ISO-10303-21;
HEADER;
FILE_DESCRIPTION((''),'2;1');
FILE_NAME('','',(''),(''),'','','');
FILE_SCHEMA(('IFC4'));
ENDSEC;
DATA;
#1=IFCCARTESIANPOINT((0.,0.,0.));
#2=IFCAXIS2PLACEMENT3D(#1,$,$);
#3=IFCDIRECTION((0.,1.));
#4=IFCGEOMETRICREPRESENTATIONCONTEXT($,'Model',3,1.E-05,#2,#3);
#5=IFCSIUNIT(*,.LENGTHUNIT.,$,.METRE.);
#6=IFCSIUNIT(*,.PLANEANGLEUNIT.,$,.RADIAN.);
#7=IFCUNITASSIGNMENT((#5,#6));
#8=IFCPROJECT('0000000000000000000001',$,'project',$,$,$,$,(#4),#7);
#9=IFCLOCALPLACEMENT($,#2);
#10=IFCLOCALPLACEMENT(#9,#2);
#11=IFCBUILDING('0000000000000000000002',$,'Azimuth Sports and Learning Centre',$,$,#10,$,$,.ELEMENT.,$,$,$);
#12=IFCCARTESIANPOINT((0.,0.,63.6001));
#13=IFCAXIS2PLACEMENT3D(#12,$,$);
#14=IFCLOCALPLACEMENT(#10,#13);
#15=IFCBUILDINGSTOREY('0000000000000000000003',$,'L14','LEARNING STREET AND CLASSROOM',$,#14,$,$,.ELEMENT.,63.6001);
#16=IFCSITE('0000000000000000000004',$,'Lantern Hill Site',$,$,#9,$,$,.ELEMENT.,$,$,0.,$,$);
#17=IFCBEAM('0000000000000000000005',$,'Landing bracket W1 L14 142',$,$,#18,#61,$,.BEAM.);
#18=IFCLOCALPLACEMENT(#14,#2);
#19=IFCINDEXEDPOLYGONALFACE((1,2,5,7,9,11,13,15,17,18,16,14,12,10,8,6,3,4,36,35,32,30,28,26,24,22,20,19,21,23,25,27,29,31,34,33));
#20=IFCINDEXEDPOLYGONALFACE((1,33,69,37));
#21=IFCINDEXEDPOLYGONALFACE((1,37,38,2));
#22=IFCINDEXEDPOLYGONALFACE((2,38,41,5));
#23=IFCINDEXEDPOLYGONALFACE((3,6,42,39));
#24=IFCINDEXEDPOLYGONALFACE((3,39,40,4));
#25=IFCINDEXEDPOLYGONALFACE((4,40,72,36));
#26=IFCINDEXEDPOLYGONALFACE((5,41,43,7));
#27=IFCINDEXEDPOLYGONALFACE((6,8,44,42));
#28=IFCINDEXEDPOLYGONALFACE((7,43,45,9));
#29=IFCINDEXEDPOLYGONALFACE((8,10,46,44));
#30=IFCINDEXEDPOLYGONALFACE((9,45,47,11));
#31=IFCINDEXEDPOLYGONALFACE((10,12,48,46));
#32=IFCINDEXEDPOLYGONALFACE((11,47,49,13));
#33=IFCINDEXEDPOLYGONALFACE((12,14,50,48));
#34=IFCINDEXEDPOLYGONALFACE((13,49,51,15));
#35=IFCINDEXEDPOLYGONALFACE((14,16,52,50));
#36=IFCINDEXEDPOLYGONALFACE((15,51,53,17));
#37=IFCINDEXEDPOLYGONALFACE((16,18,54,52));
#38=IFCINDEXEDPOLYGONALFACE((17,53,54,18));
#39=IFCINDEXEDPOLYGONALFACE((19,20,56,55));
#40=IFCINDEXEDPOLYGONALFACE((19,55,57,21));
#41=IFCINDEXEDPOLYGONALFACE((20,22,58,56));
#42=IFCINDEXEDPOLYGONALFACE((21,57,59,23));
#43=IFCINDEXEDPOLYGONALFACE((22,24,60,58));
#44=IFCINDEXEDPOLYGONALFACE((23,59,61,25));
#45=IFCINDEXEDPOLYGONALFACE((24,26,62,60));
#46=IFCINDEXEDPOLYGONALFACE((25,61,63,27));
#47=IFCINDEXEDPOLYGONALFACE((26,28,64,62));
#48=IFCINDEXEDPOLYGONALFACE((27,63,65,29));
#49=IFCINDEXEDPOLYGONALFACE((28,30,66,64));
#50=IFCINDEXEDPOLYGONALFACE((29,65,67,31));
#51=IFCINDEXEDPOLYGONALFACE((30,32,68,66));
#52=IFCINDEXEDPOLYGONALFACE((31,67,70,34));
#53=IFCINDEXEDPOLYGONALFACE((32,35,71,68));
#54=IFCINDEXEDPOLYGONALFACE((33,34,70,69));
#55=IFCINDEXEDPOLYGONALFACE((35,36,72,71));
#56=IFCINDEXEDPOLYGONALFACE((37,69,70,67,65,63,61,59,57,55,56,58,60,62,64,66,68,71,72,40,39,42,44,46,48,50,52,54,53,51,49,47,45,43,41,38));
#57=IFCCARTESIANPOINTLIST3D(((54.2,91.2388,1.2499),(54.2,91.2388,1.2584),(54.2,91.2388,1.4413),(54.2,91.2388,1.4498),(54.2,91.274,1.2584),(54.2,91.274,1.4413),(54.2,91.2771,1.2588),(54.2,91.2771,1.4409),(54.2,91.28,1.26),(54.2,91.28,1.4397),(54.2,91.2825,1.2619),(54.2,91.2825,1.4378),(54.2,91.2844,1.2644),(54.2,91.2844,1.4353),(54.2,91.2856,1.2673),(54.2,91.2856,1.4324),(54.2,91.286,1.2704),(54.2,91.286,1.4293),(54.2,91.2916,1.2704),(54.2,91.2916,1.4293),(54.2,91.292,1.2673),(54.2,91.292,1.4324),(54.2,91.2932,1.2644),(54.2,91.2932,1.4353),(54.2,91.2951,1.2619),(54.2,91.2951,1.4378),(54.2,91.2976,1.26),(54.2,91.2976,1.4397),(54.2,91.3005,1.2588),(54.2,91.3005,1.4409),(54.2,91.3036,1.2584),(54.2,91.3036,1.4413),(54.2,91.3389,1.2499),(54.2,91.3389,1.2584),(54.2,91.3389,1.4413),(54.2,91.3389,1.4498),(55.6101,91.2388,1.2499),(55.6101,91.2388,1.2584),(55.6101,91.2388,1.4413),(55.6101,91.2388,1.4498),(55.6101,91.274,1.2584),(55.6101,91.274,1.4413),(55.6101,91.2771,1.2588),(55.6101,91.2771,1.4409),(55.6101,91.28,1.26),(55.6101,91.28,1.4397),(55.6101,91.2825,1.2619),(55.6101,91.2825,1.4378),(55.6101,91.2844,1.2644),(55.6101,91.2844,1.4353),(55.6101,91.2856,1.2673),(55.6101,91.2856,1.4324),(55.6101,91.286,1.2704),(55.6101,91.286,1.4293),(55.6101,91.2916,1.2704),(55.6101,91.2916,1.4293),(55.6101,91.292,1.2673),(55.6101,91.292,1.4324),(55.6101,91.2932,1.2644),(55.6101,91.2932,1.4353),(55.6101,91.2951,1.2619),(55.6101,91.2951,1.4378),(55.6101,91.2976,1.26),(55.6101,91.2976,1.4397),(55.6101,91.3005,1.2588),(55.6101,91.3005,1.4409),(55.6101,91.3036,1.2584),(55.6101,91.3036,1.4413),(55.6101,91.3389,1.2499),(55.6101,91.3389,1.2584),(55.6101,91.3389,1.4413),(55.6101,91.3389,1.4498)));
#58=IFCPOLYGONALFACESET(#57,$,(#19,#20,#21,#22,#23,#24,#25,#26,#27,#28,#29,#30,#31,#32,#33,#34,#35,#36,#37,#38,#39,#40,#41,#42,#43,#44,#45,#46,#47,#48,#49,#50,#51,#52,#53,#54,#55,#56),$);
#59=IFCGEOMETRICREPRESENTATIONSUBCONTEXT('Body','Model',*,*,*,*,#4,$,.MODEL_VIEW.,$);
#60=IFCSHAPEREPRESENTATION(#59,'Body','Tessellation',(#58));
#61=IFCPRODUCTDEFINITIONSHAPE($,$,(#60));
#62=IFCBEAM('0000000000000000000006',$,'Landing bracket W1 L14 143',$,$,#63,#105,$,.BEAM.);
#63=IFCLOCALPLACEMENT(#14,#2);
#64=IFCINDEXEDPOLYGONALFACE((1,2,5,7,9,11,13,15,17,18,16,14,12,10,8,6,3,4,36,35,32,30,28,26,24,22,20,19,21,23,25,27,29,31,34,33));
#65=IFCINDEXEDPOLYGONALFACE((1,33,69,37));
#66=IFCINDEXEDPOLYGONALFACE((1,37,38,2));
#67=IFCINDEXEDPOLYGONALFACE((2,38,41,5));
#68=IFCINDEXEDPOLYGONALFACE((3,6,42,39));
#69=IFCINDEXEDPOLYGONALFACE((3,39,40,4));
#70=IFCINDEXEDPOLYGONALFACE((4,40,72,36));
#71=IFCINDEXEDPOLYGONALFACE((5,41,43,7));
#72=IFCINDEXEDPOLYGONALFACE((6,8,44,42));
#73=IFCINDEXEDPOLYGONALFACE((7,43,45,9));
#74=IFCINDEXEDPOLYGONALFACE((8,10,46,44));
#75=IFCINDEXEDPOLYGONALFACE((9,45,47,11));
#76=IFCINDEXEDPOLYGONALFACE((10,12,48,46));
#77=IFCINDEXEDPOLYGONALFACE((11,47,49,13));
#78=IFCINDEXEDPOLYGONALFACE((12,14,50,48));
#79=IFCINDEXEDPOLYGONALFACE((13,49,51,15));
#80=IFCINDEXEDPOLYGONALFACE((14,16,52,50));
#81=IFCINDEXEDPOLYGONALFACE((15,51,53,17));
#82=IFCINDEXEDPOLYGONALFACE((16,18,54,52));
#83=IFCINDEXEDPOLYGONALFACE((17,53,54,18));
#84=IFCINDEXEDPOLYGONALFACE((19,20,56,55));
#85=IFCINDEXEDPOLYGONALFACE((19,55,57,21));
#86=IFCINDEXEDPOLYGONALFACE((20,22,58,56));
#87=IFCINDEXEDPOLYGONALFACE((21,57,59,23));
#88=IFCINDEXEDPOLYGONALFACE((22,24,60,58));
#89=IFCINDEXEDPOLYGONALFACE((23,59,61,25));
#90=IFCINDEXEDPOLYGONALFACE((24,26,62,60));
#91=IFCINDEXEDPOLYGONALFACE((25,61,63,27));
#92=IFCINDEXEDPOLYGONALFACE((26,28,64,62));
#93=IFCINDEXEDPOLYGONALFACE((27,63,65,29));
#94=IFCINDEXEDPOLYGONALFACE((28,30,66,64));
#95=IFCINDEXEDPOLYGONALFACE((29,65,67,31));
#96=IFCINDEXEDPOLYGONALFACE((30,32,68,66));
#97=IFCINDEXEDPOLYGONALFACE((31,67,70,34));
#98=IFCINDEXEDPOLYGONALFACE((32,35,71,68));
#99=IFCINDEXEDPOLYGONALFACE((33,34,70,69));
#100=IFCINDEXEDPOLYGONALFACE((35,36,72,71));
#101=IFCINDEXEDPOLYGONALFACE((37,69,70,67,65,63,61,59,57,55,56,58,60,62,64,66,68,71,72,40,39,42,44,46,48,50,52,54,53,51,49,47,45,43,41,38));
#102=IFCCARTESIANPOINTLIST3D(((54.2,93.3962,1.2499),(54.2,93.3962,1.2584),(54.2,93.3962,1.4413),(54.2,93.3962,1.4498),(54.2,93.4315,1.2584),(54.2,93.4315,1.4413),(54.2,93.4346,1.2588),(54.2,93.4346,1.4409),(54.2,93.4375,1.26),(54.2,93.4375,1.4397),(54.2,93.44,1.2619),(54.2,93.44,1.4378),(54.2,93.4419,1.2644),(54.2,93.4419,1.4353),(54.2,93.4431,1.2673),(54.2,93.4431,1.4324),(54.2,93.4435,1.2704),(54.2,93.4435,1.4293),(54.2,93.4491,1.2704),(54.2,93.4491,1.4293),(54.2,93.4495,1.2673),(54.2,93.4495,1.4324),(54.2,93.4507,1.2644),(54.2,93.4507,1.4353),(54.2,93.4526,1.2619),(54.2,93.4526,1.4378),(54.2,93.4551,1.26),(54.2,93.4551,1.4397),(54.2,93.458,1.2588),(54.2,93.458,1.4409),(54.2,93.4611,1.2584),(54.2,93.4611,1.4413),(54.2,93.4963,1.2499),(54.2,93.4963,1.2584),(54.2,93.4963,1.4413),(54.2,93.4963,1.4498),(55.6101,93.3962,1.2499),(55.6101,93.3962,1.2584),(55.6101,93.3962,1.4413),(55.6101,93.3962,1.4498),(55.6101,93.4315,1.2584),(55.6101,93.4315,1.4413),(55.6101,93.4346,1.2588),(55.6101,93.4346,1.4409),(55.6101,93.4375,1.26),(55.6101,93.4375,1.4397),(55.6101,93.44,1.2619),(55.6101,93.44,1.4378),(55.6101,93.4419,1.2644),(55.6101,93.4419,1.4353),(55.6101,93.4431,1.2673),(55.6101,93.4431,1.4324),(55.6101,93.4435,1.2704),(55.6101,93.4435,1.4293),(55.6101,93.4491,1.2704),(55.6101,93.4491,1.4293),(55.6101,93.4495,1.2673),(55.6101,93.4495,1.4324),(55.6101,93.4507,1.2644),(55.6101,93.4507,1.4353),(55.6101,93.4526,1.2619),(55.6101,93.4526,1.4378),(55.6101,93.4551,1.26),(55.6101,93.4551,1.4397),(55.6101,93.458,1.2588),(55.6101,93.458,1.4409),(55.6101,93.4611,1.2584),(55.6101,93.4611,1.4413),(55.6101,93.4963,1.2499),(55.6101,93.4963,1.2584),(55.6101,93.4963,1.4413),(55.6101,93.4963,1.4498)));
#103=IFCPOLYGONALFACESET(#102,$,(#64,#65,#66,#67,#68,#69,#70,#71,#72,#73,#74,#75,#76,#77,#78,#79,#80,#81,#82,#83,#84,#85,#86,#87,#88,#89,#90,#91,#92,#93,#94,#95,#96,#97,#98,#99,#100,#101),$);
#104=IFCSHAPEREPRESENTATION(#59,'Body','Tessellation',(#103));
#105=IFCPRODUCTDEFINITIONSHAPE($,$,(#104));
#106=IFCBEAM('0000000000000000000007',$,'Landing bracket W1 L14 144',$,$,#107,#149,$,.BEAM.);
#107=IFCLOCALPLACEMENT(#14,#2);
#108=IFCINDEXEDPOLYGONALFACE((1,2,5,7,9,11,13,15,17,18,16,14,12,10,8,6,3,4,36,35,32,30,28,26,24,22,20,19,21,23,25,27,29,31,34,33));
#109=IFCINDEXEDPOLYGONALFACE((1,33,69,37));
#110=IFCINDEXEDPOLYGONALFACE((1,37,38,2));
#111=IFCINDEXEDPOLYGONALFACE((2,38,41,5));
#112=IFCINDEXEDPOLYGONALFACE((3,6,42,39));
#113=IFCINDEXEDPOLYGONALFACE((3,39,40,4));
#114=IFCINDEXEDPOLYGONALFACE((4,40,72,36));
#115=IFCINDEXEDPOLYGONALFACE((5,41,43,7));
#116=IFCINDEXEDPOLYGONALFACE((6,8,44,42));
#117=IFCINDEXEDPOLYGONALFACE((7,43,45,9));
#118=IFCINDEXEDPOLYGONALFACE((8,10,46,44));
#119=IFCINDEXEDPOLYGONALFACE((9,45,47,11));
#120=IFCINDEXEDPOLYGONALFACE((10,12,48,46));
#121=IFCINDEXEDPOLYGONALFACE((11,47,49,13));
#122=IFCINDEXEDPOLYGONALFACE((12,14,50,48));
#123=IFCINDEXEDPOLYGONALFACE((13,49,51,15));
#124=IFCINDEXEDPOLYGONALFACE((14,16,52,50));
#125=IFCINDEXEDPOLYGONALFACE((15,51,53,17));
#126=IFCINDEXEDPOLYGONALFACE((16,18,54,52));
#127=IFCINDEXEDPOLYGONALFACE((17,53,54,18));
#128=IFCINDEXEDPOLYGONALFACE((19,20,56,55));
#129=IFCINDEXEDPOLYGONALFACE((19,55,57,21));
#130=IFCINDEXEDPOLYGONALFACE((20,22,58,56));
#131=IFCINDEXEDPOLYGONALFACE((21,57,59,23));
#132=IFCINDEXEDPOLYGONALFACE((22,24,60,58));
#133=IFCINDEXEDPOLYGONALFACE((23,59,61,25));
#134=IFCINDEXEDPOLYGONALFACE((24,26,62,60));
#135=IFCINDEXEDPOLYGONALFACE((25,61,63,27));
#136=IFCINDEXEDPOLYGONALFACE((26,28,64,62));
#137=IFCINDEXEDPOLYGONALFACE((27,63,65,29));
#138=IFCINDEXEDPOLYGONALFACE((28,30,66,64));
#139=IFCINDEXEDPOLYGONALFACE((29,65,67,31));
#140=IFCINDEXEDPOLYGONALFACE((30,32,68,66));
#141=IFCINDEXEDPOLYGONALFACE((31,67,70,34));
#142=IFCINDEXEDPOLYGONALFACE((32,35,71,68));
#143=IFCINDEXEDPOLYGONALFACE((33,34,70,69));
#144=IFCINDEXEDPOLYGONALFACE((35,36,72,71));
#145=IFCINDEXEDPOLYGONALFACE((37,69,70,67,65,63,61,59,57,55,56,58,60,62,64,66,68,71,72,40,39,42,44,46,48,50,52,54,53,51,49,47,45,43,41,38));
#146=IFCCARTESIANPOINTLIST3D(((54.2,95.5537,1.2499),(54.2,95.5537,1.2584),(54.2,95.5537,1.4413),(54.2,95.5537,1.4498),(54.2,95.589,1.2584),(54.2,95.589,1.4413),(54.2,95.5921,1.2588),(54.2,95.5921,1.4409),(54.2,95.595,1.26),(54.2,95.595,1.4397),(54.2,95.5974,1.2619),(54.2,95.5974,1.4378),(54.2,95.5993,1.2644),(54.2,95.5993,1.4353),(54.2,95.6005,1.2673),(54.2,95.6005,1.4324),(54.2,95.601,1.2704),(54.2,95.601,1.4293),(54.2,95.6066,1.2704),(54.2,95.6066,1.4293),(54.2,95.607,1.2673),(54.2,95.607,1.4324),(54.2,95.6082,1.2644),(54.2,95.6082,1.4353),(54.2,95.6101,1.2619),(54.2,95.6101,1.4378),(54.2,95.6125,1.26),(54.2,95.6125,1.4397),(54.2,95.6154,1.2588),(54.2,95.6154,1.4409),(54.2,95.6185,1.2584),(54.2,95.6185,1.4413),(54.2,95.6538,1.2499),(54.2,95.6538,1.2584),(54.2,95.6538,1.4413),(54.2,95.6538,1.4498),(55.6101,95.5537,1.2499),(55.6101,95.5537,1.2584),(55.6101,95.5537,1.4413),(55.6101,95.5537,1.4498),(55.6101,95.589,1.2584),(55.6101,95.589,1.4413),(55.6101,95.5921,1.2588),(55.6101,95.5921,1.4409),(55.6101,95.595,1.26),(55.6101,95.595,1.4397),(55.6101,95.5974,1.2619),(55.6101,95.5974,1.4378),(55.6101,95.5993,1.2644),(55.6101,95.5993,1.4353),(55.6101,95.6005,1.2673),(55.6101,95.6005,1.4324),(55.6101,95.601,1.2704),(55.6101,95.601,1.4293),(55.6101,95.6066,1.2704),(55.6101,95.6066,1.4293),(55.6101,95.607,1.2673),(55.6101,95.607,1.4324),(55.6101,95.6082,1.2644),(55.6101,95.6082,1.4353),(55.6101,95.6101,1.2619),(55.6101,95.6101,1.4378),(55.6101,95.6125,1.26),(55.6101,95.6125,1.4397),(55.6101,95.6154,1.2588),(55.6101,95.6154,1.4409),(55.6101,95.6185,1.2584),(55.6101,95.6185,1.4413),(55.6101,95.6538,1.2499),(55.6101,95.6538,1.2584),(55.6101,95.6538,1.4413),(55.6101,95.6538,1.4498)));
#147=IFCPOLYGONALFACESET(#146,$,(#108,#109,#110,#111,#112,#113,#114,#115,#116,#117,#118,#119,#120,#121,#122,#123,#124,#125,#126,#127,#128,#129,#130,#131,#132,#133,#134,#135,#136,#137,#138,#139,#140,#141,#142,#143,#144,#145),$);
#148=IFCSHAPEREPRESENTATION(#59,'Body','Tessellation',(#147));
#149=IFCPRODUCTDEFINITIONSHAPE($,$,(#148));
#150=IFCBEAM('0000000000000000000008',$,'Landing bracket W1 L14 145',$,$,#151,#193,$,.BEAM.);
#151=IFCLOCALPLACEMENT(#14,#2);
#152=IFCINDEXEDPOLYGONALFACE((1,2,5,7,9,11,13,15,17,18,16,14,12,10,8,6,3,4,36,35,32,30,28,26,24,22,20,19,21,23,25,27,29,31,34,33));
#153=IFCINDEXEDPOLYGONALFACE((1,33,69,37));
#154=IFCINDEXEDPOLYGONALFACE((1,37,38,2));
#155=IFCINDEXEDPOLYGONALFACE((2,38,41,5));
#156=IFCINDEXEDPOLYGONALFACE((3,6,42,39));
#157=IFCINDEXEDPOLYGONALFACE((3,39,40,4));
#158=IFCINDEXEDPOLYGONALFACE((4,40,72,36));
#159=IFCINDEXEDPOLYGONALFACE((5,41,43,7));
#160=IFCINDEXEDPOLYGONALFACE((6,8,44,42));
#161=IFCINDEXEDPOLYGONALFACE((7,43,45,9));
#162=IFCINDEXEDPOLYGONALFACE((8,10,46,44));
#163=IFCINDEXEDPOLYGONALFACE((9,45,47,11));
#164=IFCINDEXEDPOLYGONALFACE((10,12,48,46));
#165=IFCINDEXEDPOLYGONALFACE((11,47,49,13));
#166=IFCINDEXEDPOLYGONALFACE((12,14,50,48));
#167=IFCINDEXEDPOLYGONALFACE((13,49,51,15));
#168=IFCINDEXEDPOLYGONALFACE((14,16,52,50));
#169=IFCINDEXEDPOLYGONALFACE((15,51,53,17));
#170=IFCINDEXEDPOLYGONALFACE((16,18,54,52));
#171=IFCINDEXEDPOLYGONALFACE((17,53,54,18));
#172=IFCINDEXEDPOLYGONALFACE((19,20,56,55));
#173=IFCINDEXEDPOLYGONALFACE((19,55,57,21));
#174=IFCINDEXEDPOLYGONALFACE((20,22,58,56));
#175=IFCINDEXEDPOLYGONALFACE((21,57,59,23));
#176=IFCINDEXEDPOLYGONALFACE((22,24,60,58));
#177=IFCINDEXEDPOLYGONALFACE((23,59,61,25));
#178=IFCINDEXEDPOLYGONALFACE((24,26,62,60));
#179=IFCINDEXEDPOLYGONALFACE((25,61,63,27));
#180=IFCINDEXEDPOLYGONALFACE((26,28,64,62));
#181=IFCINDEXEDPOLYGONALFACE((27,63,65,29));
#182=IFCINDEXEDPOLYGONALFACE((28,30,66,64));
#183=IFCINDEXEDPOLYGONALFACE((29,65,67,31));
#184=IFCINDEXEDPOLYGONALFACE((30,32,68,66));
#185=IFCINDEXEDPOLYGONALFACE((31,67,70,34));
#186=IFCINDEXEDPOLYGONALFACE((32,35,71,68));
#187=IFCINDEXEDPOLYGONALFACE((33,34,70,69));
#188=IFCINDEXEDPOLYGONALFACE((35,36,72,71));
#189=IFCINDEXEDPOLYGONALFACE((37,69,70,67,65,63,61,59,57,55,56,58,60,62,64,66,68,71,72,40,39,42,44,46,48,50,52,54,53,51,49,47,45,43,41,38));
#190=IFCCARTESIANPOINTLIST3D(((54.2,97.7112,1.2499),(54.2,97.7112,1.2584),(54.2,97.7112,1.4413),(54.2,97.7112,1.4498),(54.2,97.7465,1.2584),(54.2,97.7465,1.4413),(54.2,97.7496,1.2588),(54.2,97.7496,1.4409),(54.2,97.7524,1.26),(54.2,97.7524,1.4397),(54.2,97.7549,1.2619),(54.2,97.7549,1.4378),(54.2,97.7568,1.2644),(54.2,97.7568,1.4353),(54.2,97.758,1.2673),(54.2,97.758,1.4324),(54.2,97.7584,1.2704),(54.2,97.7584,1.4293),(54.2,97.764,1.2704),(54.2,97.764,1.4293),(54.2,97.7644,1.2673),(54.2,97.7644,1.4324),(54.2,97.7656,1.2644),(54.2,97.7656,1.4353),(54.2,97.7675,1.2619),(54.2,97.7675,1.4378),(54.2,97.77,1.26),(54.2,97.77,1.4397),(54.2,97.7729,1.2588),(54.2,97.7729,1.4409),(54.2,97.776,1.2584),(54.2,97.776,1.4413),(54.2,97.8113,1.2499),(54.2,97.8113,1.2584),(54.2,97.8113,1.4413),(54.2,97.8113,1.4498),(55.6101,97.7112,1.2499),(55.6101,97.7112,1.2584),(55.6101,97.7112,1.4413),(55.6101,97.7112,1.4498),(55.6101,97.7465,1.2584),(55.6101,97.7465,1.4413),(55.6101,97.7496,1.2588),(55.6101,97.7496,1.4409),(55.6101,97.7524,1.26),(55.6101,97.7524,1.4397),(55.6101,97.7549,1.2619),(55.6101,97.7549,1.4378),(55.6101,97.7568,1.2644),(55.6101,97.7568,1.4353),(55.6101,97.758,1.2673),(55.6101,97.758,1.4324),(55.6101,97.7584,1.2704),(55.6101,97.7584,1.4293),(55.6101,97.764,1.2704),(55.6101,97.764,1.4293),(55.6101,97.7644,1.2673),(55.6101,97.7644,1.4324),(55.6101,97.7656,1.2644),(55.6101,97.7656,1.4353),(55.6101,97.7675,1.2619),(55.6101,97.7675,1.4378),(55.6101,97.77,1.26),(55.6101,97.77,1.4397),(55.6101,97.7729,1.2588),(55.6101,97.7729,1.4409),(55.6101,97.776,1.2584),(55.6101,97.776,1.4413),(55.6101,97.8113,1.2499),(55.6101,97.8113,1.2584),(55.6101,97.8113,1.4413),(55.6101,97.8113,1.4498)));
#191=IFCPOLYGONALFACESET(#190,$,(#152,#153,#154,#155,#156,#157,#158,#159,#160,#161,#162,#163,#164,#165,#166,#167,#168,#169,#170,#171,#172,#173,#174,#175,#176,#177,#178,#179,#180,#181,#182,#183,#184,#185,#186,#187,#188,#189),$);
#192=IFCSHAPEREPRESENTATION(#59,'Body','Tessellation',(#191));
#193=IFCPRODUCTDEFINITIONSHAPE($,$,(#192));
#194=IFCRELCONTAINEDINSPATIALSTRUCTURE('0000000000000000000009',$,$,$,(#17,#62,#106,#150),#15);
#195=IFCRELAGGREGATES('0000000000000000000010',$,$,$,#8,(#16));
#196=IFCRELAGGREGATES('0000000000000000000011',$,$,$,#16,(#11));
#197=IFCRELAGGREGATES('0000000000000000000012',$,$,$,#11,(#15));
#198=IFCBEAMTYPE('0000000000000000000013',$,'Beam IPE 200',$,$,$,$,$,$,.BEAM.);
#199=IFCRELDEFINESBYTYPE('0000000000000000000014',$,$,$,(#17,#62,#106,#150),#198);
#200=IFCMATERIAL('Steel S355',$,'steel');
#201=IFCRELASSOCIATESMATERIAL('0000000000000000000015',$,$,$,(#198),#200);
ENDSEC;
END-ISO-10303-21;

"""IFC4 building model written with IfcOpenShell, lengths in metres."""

from ifc_helpers import new_model, si_unit, direction, frame, origin, origin_2d, place, context, subcontext, project, spatial, i_section, extrude, material, material_profile, profile_set, type_object, element, save


model = new_model("IFC4")

# Units and contexts
model_context = context("Model", 3, precision=1e-05, world=origin(), true_north=direction((0.0, 1.0)))
body_context = subcontext(model_context, "Body", "Model", "MODEL_VIEW")
ifc_project = project(units=[si_unit("LENGTHUNIT", "METRE"), si_unit("PLANEANGLEUNIT", "RADIAN")], contexts=[model_context])

# Site, building, storey
site_placement = place(None, origin())
site = spatial("IfcSite", under=ifc_project, at=site_placement, Name="Lantern Hill Site", CompositionType="ELEMENT", RefElevation=0.0)
building_placement = place(site_placement, origin())
building = spatial("IfcBuilding", under=site, at=building_placement, Name="Azimuth Sports and Learning Centre", CompositionType="ELEMENT")
storey_placement = place(building_placement, frame((0.0, 0.0, 63.6001)))
storey = spatial("IfcBuildingStorey", under=building, at=storey_placement, Name="L14", Description="LEARNING STREET AND CLASSROOM", CompositionType="ELEMENT", Elevation=63.6001)

# Beams
ifc_material_1 = material(Name="Steel S355", Category="steel")
ifc_material_profile = material_profile(ifc_material_1, i_section(OverallWidth=0.1001, OverallDepth=0.2, WebThickness=0.0056, FlangeThickness=0.0085, FilletRadius=0.012, at=origin_2d()), Name="IPE 200")
ifc_profile_set = profile_set([ifc_material_profile], Name="Steel S355")
beam_type = type_object("IfcBeamType", Name="Beam IPE 200", PredefinedType="BEAM", material=ifc_profile_set)
for number, where, z_axis, x_axis, name in (
    (1, (54.2, 91.2888, 1.3499), (1.0, 0.0, 0.0), (0.0, 1.0, 0.0), "Landing bracket W1 L14 142"),
    (2, (54.2, 93.4463, 1.3499), (1.0, 0.0, 0.0), (0.0, 1.0, 0.0), "Landing bracket W1 L14 143"),
    (3, (54.2, 95.6038, 1.3499), (1.0, 0.0, 0.0), (0.0, 1.0, 0.0), "Landing bracket W1 L14 144"),
    (4, (54.2, 97.7612, 1.3499), (1.0, 0.0, 0.0), (0.0, 1.0, 0.0), "Landing bracket W1 L14 145"),
):
    element("IfcBeam", number, at=place(storey_placement, frame(where, z_axis=z_axis, x_axis=x_axis)), inside=storey, type_object=beam_type, Name=name, PredefinedType="BEAM", context=body_context, shape_type="SweptSolid", body=[
        extrude(i_section(OverallWidth=0.1001, OverallDepth=0.2, WebThickness=0.0056, FlangeThickness=0.0085, FilletRadius=0.012, at=origin_2d()), origin(), (0.0, 0.0, 1.0), 1.4102),
    ])

save(model, "model.ifc")
